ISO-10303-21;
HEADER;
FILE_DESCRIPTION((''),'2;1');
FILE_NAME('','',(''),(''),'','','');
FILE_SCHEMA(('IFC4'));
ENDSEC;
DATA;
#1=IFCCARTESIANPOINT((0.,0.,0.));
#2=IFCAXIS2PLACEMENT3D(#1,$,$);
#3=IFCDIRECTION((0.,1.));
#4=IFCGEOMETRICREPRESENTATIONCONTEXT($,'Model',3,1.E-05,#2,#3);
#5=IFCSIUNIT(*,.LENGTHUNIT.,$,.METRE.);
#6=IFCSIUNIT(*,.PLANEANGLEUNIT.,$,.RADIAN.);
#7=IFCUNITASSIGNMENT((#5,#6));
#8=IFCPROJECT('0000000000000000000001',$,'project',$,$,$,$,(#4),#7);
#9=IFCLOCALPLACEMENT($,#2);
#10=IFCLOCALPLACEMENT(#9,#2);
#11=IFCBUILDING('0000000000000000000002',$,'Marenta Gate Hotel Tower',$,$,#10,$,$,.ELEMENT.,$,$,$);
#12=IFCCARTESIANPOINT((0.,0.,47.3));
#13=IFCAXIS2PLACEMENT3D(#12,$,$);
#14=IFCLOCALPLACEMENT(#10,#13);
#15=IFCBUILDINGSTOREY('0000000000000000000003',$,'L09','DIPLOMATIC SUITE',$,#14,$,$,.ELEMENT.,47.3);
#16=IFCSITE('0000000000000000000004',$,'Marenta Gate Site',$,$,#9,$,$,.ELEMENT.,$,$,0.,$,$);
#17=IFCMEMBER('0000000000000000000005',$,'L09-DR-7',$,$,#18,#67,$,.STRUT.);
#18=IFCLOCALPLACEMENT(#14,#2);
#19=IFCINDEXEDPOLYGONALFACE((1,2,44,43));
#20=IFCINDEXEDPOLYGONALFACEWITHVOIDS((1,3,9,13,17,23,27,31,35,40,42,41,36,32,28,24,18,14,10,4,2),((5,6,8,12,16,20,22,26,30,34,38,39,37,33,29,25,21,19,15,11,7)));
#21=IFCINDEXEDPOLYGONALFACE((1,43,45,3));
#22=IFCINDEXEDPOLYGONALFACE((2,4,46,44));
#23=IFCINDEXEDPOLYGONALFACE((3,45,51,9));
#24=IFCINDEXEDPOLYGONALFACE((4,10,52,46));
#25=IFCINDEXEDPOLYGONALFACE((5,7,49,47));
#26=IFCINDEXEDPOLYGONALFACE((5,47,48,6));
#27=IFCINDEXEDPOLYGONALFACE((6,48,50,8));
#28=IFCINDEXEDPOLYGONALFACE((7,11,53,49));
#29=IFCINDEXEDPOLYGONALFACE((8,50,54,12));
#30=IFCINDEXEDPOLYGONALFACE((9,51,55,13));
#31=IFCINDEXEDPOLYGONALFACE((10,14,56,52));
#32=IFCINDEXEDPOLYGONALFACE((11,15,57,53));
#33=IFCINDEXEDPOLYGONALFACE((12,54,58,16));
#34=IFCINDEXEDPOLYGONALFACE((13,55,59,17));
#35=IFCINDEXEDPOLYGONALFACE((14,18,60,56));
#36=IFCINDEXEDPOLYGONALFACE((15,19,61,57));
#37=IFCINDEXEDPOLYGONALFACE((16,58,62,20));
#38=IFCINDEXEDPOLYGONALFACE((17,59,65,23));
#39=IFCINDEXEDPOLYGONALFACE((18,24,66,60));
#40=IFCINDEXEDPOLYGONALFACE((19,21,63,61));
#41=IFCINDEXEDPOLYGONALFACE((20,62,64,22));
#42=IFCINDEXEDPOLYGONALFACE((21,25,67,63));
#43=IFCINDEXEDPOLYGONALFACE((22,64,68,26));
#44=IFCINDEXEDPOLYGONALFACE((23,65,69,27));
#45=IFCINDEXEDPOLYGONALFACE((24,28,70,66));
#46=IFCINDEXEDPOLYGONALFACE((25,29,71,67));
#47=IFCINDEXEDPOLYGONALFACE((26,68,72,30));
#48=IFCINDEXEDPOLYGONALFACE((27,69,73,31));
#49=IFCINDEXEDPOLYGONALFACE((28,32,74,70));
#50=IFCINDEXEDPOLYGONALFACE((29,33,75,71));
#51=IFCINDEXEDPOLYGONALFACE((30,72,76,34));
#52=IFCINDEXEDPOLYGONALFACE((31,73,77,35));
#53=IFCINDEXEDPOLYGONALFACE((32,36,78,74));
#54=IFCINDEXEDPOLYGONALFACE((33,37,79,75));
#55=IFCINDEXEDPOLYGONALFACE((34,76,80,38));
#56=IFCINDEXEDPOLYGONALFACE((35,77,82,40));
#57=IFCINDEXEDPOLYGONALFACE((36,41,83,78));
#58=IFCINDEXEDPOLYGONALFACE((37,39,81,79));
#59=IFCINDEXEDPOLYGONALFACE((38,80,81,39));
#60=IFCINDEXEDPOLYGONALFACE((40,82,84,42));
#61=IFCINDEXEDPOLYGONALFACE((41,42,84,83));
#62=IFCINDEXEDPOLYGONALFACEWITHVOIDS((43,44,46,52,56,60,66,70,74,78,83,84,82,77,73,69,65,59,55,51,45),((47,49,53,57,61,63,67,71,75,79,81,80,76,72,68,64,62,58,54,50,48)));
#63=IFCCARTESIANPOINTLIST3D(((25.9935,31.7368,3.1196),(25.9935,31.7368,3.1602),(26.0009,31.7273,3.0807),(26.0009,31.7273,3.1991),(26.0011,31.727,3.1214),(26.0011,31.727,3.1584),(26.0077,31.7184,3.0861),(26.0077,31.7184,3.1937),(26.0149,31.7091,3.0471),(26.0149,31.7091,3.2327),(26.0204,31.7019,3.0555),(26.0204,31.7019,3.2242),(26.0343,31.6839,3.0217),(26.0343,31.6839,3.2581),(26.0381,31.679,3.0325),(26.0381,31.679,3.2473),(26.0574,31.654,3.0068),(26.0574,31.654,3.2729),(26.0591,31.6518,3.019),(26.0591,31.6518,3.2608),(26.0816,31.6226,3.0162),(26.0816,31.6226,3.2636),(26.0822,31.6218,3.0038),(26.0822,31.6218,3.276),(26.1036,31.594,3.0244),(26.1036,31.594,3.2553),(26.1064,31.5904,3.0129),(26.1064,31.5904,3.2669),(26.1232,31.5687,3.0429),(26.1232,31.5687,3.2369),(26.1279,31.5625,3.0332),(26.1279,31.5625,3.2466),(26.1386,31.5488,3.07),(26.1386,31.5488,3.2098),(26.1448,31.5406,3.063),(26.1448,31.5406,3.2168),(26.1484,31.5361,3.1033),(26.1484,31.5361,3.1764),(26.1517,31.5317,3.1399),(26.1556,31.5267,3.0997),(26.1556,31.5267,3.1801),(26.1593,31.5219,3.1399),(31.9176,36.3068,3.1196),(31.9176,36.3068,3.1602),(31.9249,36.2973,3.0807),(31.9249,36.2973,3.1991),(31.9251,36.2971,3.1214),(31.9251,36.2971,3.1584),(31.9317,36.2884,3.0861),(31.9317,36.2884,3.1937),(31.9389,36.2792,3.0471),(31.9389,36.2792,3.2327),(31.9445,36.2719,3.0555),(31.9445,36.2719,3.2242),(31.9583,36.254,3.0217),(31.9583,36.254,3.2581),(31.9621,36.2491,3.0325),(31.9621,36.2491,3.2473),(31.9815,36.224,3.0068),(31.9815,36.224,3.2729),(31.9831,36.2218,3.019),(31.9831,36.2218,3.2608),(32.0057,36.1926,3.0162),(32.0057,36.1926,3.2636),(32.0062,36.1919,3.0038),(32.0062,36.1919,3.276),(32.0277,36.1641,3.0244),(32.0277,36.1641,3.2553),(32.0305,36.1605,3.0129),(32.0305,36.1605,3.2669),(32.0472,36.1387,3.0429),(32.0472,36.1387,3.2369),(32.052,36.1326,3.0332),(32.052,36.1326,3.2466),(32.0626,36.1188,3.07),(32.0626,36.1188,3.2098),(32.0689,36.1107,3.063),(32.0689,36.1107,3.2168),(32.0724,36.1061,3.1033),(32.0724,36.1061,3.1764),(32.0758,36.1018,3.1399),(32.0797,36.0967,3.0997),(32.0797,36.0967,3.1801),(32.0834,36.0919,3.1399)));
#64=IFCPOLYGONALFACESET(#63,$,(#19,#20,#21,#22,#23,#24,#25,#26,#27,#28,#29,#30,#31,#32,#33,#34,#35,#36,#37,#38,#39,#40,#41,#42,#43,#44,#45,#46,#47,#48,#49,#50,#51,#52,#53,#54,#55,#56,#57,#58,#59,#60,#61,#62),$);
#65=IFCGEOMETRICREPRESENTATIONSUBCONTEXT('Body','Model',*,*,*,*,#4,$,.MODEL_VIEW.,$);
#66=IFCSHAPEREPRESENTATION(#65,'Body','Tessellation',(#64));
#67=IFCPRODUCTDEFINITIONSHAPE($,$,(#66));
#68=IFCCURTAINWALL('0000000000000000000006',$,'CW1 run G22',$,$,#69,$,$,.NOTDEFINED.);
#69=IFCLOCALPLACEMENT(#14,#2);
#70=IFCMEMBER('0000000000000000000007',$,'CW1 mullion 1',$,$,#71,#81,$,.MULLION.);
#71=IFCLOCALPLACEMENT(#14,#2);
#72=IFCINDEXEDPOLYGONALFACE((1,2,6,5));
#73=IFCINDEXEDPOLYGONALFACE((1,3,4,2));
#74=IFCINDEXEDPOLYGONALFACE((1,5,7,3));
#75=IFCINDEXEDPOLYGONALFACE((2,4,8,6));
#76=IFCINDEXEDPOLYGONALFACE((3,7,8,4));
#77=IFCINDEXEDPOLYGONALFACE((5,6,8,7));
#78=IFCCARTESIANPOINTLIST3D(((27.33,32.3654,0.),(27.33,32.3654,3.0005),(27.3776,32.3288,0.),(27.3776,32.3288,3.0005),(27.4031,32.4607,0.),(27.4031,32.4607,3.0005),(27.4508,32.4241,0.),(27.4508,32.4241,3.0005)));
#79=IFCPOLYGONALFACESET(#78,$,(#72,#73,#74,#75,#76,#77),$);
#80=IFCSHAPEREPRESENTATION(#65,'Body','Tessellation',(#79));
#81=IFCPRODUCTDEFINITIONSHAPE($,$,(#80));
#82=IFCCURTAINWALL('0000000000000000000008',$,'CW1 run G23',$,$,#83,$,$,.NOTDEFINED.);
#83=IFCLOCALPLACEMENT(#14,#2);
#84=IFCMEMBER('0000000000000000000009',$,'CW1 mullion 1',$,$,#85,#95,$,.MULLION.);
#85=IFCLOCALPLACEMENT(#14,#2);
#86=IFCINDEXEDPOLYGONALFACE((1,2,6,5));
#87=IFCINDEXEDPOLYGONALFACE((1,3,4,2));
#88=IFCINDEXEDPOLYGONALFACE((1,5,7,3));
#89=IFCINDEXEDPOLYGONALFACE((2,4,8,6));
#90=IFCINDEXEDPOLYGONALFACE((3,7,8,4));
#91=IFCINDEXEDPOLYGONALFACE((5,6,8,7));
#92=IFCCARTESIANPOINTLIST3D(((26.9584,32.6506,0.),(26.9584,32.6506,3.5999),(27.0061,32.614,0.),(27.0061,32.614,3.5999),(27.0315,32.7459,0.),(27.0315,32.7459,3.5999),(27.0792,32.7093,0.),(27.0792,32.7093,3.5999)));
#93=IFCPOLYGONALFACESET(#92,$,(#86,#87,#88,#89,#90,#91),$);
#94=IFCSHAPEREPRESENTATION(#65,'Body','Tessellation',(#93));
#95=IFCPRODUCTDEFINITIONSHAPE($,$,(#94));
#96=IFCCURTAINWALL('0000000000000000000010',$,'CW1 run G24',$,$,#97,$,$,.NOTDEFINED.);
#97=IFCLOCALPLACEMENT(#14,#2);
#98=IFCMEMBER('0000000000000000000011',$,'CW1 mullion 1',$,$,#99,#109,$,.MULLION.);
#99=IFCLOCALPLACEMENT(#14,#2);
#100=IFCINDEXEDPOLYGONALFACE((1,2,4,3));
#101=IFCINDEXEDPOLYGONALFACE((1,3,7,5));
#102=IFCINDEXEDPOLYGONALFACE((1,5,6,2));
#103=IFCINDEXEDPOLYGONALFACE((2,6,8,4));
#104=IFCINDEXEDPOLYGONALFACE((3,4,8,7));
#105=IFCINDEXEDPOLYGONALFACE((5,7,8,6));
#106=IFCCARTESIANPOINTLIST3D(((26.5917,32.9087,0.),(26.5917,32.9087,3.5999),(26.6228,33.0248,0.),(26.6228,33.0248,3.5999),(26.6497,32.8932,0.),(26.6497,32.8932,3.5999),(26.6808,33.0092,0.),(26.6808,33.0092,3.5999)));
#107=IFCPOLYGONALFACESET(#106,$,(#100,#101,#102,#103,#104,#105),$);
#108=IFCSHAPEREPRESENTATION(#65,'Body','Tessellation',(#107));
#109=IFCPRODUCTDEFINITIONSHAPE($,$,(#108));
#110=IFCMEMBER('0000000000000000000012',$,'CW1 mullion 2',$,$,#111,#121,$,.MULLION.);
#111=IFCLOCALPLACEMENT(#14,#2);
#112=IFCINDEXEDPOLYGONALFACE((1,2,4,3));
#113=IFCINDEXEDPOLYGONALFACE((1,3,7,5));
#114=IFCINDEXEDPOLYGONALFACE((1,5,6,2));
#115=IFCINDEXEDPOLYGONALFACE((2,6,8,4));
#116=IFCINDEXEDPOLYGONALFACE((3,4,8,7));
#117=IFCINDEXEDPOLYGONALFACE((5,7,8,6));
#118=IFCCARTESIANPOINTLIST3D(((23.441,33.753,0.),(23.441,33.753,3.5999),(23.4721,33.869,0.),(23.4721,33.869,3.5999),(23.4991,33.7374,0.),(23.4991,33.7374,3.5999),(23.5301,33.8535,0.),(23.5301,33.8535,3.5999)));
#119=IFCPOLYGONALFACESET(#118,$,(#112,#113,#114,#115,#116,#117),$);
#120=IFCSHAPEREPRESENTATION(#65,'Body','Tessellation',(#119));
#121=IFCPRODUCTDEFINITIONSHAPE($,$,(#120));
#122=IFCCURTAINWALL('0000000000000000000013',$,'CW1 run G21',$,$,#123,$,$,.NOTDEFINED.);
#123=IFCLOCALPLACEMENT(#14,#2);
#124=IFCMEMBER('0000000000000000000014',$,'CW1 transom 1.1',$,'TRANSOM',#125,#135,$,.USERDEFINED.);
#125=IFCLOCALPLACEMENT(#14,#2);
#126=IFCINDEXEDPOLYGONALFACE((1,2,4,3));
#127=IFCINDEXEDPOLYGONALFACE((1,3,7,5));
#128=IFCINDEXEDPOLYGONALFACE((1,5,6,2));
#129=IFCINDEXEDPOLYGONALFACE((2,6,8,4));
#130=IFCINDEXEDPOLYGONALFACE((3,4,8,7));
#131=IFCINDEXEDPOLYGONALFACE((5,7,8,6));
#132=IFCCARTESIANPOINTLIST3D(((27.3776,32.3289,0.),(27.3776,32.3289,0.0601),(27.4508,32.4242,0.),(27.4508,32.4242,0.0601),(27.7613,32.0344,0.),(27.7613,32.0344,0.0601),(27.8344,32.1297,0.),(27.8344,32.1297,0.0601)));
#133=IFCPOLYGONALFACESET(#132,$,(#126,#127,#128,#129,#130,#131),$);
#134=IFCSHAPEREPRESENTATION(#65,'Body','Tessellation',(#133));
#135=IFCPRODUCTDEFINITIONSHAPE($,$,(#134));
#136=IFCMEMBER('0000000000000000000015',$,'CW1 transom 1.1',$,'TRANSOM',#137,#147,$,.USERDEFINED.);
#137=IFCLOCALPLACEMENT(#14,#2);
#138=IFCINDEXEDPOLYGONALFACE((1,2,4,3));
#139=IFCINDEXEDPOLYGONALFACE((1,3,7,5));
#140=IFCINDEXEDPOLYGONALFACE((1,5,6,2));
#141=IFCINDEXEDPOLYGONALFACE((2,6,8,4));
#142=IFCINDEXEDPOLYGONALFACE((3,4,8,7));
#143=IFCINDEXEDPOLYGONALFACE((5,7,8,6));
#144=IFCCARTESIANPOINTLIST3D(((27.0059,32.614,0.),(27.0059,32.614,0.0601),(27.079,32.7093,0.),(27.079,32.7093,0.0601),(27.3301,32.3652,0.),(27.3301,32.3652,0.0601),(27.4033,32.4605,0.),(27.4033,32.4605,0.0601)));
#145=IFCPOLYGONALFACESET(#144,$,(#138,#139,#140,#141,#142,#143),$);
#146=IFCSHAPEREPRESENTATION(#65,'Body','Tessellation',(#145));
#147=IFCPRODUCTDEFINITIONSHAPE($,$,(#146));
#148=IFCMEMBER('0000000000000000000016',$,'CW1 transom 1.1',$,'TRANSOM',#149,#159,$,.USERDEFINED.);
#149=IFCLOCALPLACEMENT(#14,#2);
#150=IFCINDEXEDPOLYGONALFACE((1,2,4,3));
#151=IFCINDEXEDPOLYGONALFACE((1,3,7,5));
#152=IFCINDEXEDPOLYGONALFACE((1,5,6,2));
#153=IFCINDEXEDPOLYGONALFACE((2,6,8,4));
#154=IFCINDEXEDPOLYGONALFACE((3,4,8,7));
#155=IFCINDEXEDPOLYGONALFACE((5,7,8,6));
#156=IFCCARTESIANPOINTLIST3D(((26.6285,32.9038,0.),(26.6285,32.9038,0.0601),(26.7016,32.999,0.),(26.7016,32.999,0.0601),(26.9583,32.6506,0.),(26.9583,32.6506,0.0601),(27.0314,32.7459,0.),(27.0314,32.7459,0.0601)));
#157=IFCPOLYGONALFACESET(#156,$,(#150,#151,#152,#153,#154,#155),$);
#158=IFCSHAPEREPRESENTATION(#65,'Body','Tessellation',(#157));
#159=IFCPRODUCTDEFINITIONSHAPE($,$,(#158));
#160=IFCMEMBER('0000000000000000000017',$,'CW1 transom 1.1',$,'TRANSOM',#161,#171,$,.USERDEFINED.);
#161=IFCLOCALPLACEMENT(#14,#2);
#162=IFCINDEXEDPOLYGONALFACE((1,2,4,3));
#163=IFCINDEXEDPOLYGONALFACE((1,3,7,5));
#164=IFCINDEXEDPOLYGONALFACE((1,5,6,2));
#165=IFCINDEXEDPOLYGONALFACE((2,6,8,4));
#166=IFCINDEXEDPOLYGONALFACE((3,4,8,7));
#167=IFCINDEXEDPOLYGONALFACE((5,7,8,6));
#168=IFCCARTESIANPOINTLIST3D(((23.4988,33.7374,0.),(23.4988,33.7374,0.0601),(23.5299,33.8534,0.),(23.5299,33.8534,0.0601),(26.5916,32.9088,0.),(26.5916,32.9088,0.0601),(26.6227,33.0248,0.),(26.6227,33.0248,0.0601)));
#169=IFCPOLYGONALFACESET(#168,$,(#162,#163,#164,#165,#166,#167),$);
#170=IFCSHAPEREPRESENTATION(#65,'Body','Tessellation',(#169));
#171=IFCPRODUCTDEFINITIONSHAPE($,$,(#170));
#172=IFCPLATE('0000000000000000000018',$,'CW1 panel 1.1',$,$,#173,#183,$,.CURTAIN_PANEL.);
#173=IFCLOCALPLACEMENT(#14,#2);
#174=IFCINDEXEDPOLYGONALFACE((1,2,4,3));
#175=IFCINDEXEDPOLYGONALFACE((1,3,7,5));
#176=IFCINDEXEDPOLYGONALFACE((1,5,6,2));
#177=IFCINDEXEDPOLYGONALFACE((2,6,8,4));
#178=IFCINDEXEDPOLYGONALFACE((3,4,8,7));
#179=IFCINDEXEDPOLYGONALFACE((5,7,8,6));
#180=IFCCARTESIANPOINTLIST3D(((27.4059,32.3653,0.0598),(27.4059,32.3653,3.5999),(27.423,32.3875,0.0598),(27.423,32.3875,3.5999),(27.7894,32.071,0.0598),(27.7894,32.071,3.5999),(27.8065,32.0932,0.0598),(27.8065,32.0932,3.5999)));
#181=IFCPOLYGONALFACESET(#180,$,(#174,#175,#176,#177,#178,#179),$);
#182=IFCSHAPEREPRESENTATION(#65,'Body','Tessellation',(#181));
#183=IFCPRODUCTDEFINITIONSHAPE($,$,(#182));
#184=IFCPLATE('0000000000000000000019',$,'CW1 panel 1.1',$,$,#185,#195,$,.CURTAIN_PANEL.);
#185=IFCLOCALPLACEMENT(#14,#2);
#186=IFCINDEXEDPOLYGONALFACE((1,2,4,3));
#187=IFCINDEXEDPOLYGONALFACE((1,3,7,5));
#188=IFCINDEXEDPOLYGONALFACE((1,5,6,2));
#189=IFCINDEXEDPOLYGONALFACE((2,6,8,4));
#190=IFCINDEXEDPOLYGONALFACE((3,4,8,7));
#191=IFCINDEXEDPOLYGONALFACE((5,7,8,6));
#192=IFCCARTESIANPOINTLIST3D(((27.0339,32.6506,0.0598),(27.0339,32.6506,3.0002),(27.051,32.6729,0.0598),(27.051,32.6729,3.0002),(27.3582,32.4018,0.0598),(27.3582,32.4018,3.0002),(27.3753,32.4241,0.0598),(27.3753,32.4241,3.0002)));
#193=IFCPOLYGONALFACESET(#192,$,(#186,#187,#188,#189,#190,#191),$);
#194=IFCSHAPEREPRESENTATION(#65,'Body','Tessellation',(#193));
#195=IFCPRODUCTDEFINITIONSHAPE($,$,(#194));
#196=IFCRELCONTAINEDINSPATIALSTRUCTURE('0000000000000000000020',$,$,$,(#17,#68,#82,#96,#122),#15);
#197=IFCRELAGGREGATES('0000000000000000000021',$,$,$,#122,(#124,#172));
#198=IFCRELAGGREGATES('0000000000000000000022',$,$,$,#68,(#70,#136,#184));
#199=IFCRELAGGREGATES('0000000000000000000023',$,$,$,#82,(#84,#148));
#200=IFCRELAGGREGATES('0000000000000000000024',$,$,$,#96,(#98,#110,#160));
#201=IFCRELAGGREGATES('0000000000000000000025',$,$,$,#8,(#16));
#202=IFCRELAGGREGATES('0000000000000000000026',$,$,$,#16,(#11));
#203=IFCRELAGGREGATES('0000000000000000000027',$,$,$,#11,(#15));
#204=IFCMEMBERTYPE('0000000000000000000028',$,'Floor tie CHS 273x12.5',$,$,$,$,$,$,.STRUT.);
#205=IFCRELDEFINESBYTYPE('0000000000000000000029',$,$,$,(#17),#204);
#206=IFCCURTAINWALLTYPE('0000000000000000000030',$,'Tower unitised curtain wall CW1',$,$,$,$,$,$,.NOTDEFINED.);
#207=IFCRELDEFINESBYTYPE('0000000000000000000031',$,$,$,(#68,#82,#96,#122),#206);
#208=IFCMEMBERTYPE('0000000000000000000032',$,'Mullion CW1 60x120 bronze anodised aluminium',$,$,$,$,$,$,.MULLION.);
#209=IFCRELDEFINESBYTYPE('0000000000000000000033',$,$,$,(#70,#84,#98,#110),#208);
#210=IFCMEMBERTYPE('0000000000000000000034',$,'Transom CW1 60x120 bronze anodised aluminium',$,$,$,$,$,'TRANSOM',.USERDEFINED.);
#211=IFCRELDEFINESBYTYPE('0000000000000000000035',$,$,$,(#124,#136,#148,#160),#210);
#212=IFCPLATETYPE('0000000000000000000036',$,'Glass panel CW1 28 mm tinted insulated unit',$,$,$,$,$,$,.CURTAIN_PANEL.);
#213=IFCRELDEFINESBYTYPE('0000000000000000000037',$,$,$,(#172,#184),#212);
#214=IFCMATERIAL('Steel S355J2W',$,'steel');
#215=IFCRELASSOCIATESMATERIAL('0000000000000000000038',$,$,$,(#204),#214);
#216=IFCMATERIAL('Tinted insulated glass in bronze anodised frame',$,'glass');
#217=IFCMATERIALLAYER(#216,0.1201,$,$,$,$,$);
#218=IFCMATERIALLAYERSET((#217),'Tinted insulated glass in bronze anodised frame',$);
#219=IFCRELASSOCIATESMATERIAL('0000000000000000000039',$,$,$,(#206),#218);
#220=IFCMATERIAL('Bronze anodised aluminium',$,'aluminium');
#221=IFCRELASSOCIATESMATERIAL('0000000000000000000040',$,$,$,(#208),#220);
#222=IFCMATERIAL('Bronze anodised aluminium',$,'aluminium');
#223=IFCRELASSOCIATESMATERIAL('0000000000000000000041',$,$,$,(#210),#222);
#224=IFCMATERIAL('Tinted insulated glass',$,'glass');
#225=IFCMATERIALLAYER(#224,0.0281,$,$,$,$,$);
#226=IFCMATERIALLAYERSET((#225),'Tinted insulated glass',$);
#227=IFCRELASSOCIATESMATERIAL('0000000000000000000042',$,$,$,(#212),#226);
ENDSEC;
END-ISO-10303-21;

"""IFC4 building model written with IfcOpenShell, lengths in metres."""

from ifc_helpers import new_model, si_unit, direction, frame, origin, origin_2d, place, context, subcontext, project, spatial, rectangle, hollow_circle, extrude, material, layer, layer_set, material_profile, profile_set, type_object, element, aggregate, save


model = new_model("IFC4")

# Units and contexts
model_context = context("Model", 3, precision=1e-05, world=origin(), true_north=direction((0.0, 1.0)))
body_context = subcontext(model_context, "Body", "Model", "MODEL_VIEW")
ifc_project = project(units=[si_unit("LENGTHUNIT", "METRE"), si_unit("PLANEANGLEUNIT", "RADIAN")], contexts=[model_context])

# Site, building, storey
site_placement = place(None, origin())
site = spatial("IfcSite", under=ifc_project, at=site_placement, Name="Marenta Gate Site", CompositionType="ELEMENT", RefElevation=0.0)
building_placement = place(site_placement, origin())
building = spatial("IfcBuilding", under=site, at=building_placement, Name="Marenta Gate Hotel Tower", CompositionType="ELEMENT")
storey_placement = place(building_placement, frame((0.0, 0.0, 47.3)))
storey = spatial("IfcBuildingStorey", under=building, at=storey_placement, Name="L09", Description="DIPLOMATIC SUITE", CompositionType="ELEMENT", Elevation=47.3)

# Member
ifc_material_1 = material(Name="Steel S355J2W", Category="steel")
ifc_material_profile_1 = material_profile(ifc_material_1, hollow_circle(Radius=0.1365, WallThickness=0.0125, at=origin_2d()), Name="CHS 273x12.5")
ifc_profile_set_1 = profile_set([ifc_material_profile_1], Name="Steel S355J2W")
member_type_1 = type_object("IfcMemberType", Name="Floor tie CHS 273x12.5", PredefinedType="STRUT", material=ifc_profile_set_1)
member_1_placement = place(storey_placement, frame((32.0, 36.2, 3.1399), z_axis=(-0.791778, -0.610809, 0.0), x_axis=(0.610809, -0.791778, 0.0)))
element("IfcMember", 1, at=member_1_placement, inside=storey, type_object=member_type_1, Name="L09-DR-7", PredefinedType="STRUT", context=body_context, shape_type="SweptSolid", body=[
    extrude(hollow_circle(Radius=0.1365, WallThickness=0.0125, at=origin_2d()), origin(), (0.0, 0.0, 1.0), 7.4819),
])

# Curtain walls, members
ifc_material_2 = material(Name="Tinted insulated glass in bronze anodised frame", Category="glass")
ifc_layer_1 = layer(ifc_material_2, 0.1201)
ifc_layer_set_1 = layer_set([ifc_layer_1], Name="Tinted insulated glass in bronze anodised frame")
curtain_wall_type = type_object("IfcCurtainWallType", Name="Tower unitised curtain wall CW1", PredefinedType="NOTDEFINED", material=ifc_layer_set_1)
curtain_wall_1_placement = place(storey_placement, origin())
curtain_wall_1 = element("IfcCurtainWall", 2, at=curtain_wall_1_placement, inside=storey, type_object=curtain_wall_type, Name="CW1 run G22", PredefinedType="NOTDEFINED")
ifc_material_3 = material(Name="Bronze anodised aluminium", Category="aluminium")
ifc_material_profile_2 = material_profile(ifc_material_3, rectangle(XDim=0.1201, YDim=0.0601, at=origin_2d()), Name="Mullion CW1 60x120 bronze anodised aluminium")
ifc_profile_set_2 = profile_set([ifc_material_profile_2], Name="Bronze anodised aluminium")
member_type_2 = type_object("IfcMemberType", Name="Mullion CW1 60x120 bronze anodised aluminium", PredefinedType="MULLION", material=ifc_profile_set_2)
member_2_placement = place(storey_placement, frame((27.3904, 32.3948, 0.0), z_axis=(0.0, 0.0, 1.0), x_axis=(-0.608772, -0.793345, 0.0)))
member_2 = element("IfcMember", 3, at=member_2_placement, type_object=member_type_2, Name="CW1 mullion 1", PredefinedType="MULLION", context=body_context, shape_type="SweptSolid", body=[
    extrude(rectangle(XDim=0.1201, YDim=0.0601, at=origin_2d()), origin(), (0.0, 0.0, 1.0), 3.0005),
])
curtain_wall_2_placement = place(storey_placement, origin())
curtain_wall_2 = element("IfcCurtainWall", 4, at=curtain_wall_2_placement, inside=storey, type_object=curtain_wall_type, Name="CW1 run G23", PredefinedType="NOTDEFINED")
member_3_placement = place(storey_placement, frame((27.0188, 32.6799, 0.0), z_axis=(0.0, 0.0, 1.0), x_axis=(-0.608776, -0.793342, 0.0)))
member_3 = element("IfcMember", 5, at=member_3_placement, type_object=member_type_2, Name="CW1 mullion 1", PredefinedType="MULLION", context=body_context, shape_type="SweptSolid", body=[
    extrude(rectangle(XDim=0.1201, YDim=0.0601, at=origin_2d()), origin(), (0.0, 0.0, 1.0), 3.5999),
])

# Curtain wall, members
curtain_wall_3_placement = place(storey_placement, origin())
curtain_wall_3 = element("IfcCurtainWall", 6, at=curtain_wall_3_placement, inside=storey, type_object=curtain_wall_type, Name="CW1 run G24", PredefinedType="NOTDEFINED")
member_4_placement = place(storey_placement, frame((26.6362, 32.959, 0.0), z_axis=(0.0, 0.0, 1.0), x_axis=(-0.258807, -0.965929, 0.0)))
member_4 = element("IfcMember", 7, at=member_4_placement, type_object=member_type_2, Name="CW1 mullion 1", PredefinedType="MULLION", context=body_context, shape_type="SweptSolid", body=[
    extrude(rectangle(XDim=0.1201, YDim=0.0601, at=origin_2d()), origin(), (0.0, 0.0, 1.0), 3.5999),
])
member_5_placement = place(storey_placement, frame((23.4856, 33.8032, 0.0), z_axis=(0.0, 0.0, 1.0), x_axis=(-0.258807, -0.965929, 0.0)))
member_5 = element("IfcMember", 8, at=member_5_placement, type_object=member_type_2, Name="CW1 mullion 2", PredefinedType="MULLION", context=body_context, shape_type="SweptSolid", body=[
    extrude(rectangle(XDim=0.1201, YDim=0.0601, at=origin_2d()), origin(), (0.0, 0.0, 1.0), 3.5999),
])

# Curtain wall, member
curtain_wall_4_placement = place(storey_placement, origin())
curtain_wall_4 = element("IfcCurtainWall", 9, at=curtain_wall_4_placement, inside=storey, type_object=curtain_wall_type, Name="CW1 run G21", PredefinedType="NOTDEFINED")
ifc_material_4 = material(Name="Bronze anodised aluminium", Category="aluminium")
ifc_material_profile_3 = material_profile(ifc_material_4, rectangle(XDim=0.1201, YDim=0.0601, at=origin_2d()), Name="Transom CW1 60x120 bronze anodised aluminium")
ifc_profile_set_3 = profile_set([ifc_material_profile_3], Name="Bronze anodised aluminium")
member_type_3 = type_object("IfcMemberType", Name="Transom CW1 60x120 bronze anodised aluminium", ElementType="TRANSOM", PredefinedType="USERDEFINED", material=ifc_profile_set_3)
member_6_placement = place(storey_placement, frame((27.7979, 32.082, 0.03), z_axis=(-0.793224, 0.60893, 0.0), x_axis=(-0.60893, -0.793224, 0.0)))
member_6 = element("IfcMember", 10, at=member_6_placement, type_object=member_type_3, Name="CW1 transom 1.1", ObjectType="TRANSOM", PredefinedType="USERDEFINED", context=body_context, shape_type="SweptSolid", body=[
    extrude(rectangle(XDim=0.1201, YDim=0.0601, at=origin_2d()), origin(), (0.0, 0.0, 1.0), 0.4836),
])

# Members
member_7_placement = place(storey_placement, frame((27.3667, 32.4128, 0.03), z_axis=(-0.793356, 0.608758, 0.0), x_axis=(-0.608758, -0.793356, 0.0)))
member_7 = element("IfcMember", 11, at=member_7_placement, type_object=member_type_3, Name="CW1 transom 1.1", ObjectType="TRANSOM", PredefinedType="USERDEFINED", context=body_context, shape_type="SweptSolid", body=[
    extrude(rectangle(XDim=0.1201, YDim=0.0601, at=origin_2d()), origin(), (0.0, 0.0, 1.0), 0.4087),
])
member_8_placement = place(storey_placement, frame((26.9949, 32.6982, 0.03), z_axis=(-0.793257, 0.608888, 0.0), x_axis=(-0.608888, -0.793257, 0.0)))
member_8 = element("IfcMember", 12, at=member_8_placement, type_object=member_type_3, Name="CW1 transom 1.1", ObjectType="TRANSOM", PredefinedType="USERDEFINED", context=body_context, shape_type="SweptSolid", body=[
    extrude(rectangle(XDim=0.1201, YDim=0.0601, at=origin_2d()), origin(), (0.0, 0.0, 1.0), 0.4158),
])
member_9_placement = place(storey_placement, frame((26.6072, 32.9668, 0.03), z_axis=(-0.965933, 0.258792, 0.0), x_axis=(-0.258792, -0.965933, 0.0)))
member_9 = element("IfcMember", 13, at=member_9_placement, type_object=member_type_3, Name="CW1 transom 1.1", ObjectType="TRANSOM", PredefinedType="USERDEFINED", context=body_context, shape_type="SweptSolid", body=[
    extrude(rectangle(XDim=0.1201, YDim=0.0601, at=origin_2d()), origin(), (0.0, 0.0, 1.0), 3.2019),
])

# Plates
ifc_material_5 = material(Name="Tinted insulated glass", Category="glass")
ifc_layer_2 = layer(ifc_material_5, 0.0281)
ifc_layer_set_2 = layer_set([ifc_layer_2], Name="Tinted insulated glass")
plate_type = type_object("IfcPlateType", Name="Glass panel CW1 28 mm tinted insulated unit", PredefinedType="CURTAIN_PANEL", material=ifc_layer_set_2)
plate_1_placement = place(storey_placement, frame((27.6062, 32.2292, 0.0598), z_axis=(0.0, 0.0, 1.0), x_axis=(-0.793328, 0.608795, 0.0)))
plate_1 = element("IfcPlate", 14, at=plate_1_placement, type_object=plate_type, Name="CW1 panel 1.1", PredefinedType="CURTAIN_PANEL", context=body_context, shape_type="SweptSolid", body=[
    extrude(rectangle(XDim=0.4834, YDim=0.0281, at=origin_2d()), origin(), (0.0, 0.0, 1.0), 3.54),
])
aggregate(curtain_wall_4, [member_6, plate_1])
plate_2_placement = place(storey_placement, frame((27.2046, 32.5374, 0.0598), z_axis=(0.0, 0.0, 1.0), x_axis=(-0.793345, 0.608772, 0.0)))
plate_2 = element("IfcPlate", 15, at=plate_2_placement, type_object=plate_type, Name="CW1 panel 1.1", PredefinedType="CURTAIN_PANEL", context=body_context, shape_type="SweptSolid", body=[
    extrude(rectangle(XDim=0.4087, YDim=0.0281, at=origin_2d()), origin(), (0.0, 0.0, 1.0), 2.9404),
])
aggregate(curtain_wall_1, [member_2, member_7, plate_2])
aggregate(curtain_wall_2, [member_3, member_8])
aggregate(curtain_wall_3, [member_4, member_5, member_9])

save(model, "model.ifc")
